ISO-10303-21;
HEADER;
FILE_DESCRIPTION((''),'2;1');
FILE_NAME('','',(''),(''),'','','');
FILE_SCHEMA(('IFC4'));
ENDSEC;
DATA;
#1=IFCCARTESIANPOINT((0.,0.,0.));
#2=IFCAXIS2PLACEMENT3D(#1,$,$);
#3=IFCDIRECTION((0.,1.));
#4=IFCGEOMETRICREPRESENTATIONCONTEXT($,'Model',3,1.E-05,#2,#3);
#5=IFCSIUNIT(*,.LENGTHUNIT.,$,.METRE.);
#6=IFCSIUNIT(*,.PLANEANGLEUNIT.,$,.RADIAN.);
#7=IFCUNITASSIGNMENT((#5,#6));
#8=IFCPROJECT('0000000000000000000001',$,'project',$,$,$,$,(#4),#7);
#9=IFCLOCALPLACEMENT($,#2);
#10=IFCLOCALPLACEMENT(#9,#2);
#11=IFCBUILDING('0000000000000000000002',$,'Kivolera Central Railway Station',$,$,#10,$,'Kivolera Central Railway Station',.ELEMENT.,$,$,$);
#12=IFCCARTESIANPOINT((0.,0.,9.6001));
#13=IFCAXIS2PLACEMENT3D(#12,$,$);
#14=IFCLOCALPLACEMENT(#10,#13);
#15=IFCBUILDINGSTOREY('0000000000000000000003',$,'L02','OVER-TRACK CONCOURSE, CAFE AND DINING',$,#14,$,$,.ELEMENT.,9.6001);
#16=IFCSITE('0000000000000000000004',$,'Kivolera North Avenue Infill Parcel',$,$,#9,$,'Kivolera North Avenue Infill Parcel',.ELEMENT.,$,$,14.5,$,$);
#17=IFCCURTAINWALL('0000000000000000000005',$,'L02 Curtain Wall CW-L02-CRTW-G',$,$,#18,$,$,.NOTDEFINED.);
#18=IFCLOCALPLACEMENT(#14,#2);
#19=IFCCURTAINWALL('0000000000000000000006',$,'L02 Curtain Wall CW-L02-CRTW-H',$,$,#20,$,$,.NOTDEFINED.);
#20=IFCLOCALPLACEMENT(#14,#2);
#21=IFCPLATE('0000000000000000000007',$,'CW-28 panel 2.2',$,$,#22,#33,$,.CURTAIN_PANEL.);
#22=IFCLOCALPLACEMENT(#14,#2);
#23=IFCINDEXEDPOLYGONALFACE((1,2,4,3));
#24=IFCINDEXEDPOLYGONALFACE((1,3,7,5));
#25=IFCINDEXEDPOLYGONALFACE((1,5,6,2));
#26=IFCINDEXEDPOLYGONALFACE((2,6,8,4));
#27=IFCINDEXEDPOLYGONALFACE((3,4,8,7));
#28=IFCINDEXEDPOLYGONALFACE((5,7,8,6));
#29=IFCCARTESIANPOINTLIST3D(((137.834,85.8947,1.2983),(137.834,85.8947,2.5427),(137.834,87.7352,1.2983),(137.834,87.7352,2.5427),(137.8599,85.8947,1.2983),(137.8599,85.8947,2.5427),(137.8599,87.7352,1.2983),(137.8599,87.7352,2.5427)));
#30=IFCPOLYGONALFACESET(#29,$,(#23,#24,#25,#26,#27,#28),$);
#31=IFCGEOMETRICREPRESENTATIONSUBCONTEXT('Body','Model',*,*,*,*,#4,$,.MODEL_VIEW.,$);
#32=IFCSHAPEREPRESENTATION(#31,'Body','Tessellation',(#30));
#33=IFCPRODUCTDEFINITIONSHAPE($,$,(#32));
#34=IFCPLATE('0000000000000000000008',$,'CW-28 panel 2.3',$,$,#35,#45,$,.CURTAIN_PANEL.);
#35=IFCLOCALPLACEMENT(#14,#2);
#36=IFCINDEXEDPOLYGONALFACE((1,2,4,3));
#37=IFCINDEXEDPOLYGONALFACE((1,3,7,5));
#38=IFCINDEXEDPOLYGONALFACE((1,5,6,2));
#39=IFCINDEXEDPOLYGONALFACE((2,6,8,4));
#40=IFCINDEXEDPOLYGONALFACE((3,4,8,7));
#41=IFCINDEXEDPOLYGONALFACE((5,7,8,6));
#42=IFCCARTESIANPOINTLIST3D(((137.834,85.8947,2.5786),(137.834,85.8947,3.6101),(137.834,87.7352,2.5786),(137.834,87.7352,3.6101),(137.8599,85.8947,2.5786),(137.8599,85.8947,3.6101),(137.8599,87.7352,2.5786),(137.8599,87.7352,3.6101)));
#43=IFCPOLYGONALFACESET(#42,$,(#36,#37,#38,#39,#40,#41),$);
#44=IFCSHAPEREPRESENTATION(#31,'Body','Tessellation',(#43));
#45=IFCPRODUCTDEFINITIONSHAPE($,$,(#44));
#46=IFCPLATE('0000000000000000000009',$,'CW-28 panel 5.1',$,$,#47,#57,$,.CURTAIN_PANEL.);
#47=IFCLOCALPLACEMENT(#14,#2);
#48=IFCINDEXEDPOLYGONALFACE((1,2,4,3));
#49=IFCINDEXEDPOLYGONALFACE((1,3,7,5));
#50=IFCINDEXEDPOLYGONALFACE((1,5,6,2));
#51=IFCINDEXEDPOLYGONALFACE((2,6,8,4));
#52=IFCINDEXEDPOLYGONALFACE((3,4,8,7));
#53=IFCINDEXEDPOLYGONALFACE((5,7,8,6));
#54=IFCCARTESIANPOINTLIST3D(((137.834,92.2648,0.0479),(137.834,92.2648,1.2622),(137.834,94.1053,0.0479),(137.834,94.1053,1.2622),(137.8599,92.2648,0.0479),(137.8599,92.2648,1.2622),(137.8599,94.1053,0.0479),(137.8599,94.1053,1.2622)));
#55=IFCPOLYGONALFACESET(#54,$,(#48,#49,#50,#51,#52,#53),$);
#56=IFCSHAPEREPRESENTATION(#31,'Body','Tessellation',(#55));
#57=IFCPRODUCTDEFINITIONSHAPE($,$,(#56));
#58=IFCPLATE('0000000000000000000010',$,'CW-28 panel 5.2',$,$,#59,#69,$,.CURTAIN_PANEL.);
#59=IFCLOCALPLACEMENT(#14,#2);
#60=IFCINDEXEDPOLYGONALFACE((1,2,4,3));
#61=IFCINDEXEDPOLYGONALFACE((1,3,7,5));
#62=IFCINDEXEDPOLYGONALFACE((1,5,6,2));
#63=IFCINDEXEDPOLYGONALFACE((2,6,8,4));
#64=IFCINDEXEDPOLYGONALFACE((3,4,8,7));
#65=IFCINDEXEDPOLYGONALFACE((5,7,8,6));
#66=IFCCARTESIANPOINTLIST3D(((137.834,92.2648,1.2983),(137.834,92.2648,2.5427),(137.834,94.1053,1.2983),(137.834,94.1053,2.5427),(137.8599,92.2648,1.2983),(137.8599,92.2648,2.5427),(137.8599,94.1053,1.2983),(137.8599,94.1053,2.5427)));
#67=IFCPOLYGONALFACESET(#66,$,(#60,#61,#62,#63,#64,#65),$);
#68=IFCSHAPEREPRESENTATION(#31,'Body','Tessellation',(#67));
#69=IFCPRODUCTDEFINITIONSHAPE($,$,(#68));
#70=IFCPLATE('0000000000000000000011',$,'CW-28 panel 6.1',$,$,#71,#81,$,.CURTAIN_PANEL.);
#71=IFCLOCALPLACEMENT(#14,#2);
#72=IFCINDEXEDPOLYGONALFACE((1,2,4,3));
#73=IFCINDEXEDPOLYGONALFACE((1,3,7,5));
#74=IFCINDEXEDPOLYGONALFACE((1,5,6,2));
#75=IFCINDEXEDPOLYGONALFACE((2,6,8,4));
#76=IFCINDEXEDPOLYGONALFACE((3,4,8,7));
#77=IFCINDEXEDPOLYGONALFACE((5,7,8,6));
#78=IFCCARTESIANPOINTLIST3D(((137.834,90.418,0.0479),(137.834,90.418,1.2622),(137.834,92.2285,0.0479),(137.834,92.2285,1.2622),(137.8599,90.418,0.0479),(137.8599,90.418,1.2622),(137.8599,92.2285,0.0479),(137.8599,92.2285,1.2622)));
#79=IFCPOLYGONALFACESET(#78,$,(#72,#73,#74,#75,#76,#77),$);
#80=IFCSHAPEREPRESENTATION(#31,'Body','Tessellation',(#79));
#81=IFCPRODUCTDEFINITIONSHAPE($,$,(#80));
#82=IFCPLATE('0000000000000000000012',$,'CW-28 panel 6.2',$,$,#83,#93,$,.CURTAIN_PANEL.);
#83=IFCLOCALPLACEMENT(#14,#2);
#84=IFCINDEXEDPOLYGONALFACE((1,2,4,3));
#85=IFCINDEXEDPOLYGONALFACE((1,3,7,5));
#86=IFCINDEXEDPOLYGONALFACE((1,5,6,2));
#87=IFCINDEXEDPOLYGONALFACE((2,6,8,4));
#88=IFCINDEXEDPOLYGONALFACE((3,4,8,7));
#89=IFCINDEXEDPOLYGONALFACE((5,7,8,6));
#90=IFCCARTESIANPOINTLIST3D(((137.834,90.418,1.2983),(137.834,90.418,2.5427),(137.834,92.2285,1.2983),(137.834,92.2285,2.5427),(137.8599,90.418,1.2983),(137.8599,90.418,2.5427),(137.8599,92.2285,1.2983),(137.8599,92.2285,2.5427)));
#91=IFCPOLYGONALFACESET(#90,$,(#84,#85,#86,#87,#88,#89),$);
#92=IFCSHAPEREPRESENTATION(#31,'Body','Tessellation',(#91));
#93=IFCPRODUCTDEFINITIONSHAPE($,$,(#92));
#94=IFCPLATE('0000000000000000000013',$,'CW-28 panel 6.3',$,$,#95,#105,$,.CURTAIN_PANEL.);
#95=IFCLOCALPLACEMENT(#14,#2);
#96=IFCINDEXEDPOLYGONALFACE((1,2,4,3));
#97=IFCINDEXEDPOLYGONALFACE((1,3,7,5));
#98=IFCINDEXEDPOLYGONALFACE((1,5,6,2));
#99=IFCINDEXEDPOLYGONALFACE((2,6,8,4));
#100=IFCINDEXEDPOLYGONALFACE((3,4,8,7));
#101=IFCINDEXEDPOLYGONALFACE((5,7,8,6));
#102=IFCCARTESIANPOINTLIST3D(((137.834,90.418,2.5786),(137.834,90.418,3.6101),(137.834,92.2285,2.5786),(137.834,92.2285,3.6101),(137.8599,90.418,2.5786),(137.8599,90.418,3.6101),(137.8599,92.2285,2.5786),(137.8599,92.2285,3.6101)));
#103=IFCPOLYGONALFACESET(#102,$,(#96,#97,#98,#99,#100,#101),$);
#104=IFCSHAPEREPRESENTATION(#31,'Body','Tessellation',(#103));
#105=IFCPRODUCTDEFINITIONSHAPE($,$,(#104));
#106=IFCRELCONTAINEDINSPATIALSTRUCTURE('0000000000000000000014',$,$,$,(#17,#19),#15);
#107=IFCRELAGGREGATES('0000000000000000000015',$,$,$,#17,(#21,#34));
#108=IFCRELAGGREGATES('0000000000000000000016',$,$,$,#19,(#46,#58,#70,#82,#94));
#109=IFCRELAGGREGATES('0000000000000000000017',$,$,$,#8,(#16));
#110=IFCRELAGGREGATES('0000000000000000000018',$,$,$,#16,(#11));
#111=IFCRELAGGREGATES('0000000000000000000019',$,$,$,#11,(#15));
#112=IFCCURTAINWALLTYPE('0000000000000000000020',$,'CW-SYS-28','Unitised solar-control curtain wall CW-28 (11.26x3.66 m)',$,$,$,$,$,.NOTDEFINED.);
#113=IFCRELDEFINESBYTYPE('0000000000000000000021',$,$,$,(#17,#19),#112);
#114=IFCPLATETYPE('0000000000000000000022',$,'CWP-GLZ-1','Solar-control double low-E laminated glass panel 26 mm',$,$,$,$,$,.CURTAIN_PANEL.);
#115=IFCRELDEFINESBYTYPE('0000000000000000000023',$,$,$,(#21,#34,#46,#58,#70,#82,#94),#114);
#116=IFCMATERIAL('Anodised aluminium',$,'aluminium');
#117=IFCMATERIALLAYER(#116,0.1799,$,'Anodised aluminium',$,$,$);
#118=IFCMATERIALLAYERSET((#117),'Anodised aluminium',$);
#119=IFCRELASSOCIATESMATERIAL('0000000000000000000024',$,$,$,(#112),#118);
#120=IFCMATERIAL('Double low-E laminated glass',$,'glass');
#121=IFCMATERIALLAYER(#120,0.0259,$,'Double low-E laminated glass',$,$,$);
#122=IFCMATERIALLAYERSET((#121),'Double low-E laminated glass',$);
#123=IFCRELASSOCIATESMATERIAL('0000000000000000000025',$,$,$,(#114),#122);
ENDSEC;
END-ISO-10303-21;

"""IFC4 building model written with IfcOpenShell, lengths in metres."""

from ifc_helpers import new_model, si_unit, direction, frame, origin, origin_2d, place, context, subcontext, project, spatial, rectangle, extrude, material, layer, layer_set, type_object, element, aggregate, save


model = new_model("IFC4")

# Units and contexts
model_context = context("Model", 3, precision=1e-05, world=origin(), true_north=direction((0.0, 1.0)))
body_context = subcontext(model_context, "Body", "Model", "MODEL_VIEW")
ifc_project = project(units=[si_unit("LENGTHUNIT", "METRE"), si_unit("PLANEANGLEUNIT", "RADIAN")], contexts=[model_context])

# Site, building, storey
site_placement = place(None, origin())
site = spatial("IfcSite", under=ifc_project, at=site_placement, Name="Kivolera North Avenue Infill Parcel", LongName="Kivolera North Avenue Infill Parcel", CompositionType="ELEMENT", RefElevation=14.5)
building_placement = place(site_placement, origin())
building = spatial("IfcBuilding", under=site, at=building_placement, Name="Kivolera Central Railway Station", LongName="Kivolera Central Railway Station", CompositionType="ELEMENT")
storey_placement = place(building_placement, frame((0.0, 0.0, 9.6001)))
storey = spatial("IfcBuildingStorey", under=building, at=storey_placement, Name="L02", Description="OVER-TRACK CONCOURSE, CAFE AND DINING", CompositionType="ELEMENT", Elevation=9.6001)

# Curtain walls
ifc_material_1 = material(Name="Anodised aluminium", Category="aluminium")
ifc_layer_1 = layer(ifc_material_1, 0.1799, Name="Anodised aluminium")
ifc_layer_set_1 = layer_set([ifc_layer_1], Name="Anodised aluminium")
curtain_wall_type = type_object("IfcCurtainWallType", Name="CW-SYS-28", Description="Unitised solar-control curtain wall CW-28 (11.26x3.66 m)", PredefinedType="NOTDEFINED", material=ifc_layer_set_1)
curtain_wall_1_placement = place(storey_placement, origin())
curtain_wall_1 = element("IfcCurtainWall", 1, at=curtain_wall_1_placement, inside=storey, type_object=curtain_wall_type, Name="L02 Curtain Wall CW-L02-CRTW-G", PredefinedType="NOTDEFINED")
curtain_wall_2_placement = place(storey_placement, origin())
curtain_wall_2 = element("IfcCurtainWall", 2, at=curtain_wall_2_placement, inside=storey, type_object=curtain_wall_type, Name="L02 Curtain Wall CW-L02-CRTW-H", PredefinedType="NOTDEFINED")

# Plates
ifc_material_2 = material(Name="Double low-E laminated glass", Category="glass")
ifc_layer_2 = layer(ifc_material_2, 0.0259, Name="Double low-E laminated glass")
ifc_layer_set_2 = layer_set([ifc_layer_2], Name="Double low-E laminated glass")
plate_type = type_object("IfcPlateType", Name="CWP-GLZ-1", Description="Solar-control double low-E laminated glass panel 26 mm", PredefinedType="CURTAIN_PANEL", material=ifc_layer_set_2)
plate_1_placement = place(storey_placement, frame((137.8469, 86.8149, 1.2983), z_axis=(0.0, 0.0, 1.0), x_axis=(0.0, -1.0, 0.0)))
plate_1 = element("IfcPlate", 3, at=plate_1_placement, type_object=plate_type, Name="CW-28 panel 2.2", PredefinedType="CURTAIN_PANEL", context=body_context, shape_type="SweptSolid", body=[
    extrude(rectangle(XDim=1.8406, YDim=0.0259, at=origin_2d()), origin(), (0.0, 0.0, 1.0), 1.2444),
])
plate_2_placement = place(storey_placement, frame((137.8469, 86.8149, 2.5786), z_axis=(0.0, 0.0, 1.0), x_axis=(0.0, -1.0, 0.0)))
plate_2 = element("IfcPlate", 4, at=plate_2_placement, type_object=plate_type, Name="CW-28 panel 2.3", PredefinedType="CURTAIN_PANEL", context=body_context, shape_type="SweptSolid", body=[
    extrude(rectangle(XDim=1.8406, YDim=0.0259, at=origin_2d()), origin(), (0.0, 0.0, 1.0), 1.0315),
])
aggregate(curtain_wall_1, [plate_1, plate_2])
plate_3_placement = place(storey_placement, frame((137.8469, 93.1851, 0.0479), z_axis=(0.0, 0.0, 1.0), x_axis=(0.0, -1.0, 0.0)))
plate_3 = element("IfcPlate", 5, at=plate_3_placement, type_object=plate_type, Name="CW-28 panel 5.1", PredefinedType="CURTAIN_PANEL", context=body_context, shape_type="SweptSolid", body=[
    extrude(rectangle(XDim=1.8406, YDim=0.0259, at=origin_2d()), origin(), (0.0, 0.0, 1.0), 1.2144),
])
plate_4_placement = place(storey_placement, frame((137.8469, 93.1851, 1.2983), z_axis=(0.0, 0.0, 1.0), x_axis=(0.0, -1.0, 0.0)))
plate_4 = element("IfcPlate", 6, at=plate_4_placement, type_object=plate_type, Name="CW-28 panel 5.2", PredefinedType="CURTAIN_PANEL", context=body_context, shape_type="SweptSolid", body=[
    extrude(rectangle(XDim=1.8406, YDim=0.0259, at=origin_2d()), origin(), (0.0, 0.0, 1.0), 1.2444),
])
plate_5_placement = place(storey_placement, frame((137.8469, 91.3232, 0.0479), z_axis=(0.0, 0.0, 1.0), x_axis=(0.0, -1.0, 0.0)))
plate_5 = element("IfcPlate", 7, at=plate_5_placement, type_object=plate_type, Name="CW-28 panel 6.1", PredefinedType="CURTAIN_PANEL", context=body_context, shape_type="SweptSolid", body=[
    extrude(rectangle(XDim=1.8105, YDim=0.0259, at=origin_2d()), origin(), (0.0, 0.0, 1.0), 1.2144),
])
plate_6_placement = place(storey_placement, frame((137.8469, 91.3232, 1.2983), z_axis=(0.0, 0.0, 1.0), x_axis=(0.0, -1.0, 0.0)))
plate_6 = element("IfcPlate", 8, at=plate_6_placement, type_object=plate_type, Name="CW-28 panel 6.2", PredefinedType="CURTAIN_PANEL", context=body_context, shape_type="SweptSolid", body=[
    extrude(rectangle(XDim=1.8105, YDim=0.0259, at=origin_2d()), origin(), (0.0, 0.0, 1.0), 1.2444),
])
plate_7_placement = place(storey_placement, frame((137.8469, 91.3232, 2.5786), z_axis=(0.0, 0.0, 1.0), x_axis=(0.0, -1.0, 0.0)))
plate_7 = element("IfcPlate", 9, at=plate_7_placement, type_object=plate_type, Name="CW-28 panel 6.3", PredefinedType="CURTAIN_PANEL", context=body_context, shape_type="SweptSolid", body=[
    extrude(rectangle(XDim=1.8105, YDim=0.0259, at=origin_2d()), origin(), (0.0, 0.0, 1.0), 1.0315),
])
aggregate(curtain_wall_2, [plate_3, plate_4, plate_5, plate_6, plate_7])

save(model, "model.ifc")
